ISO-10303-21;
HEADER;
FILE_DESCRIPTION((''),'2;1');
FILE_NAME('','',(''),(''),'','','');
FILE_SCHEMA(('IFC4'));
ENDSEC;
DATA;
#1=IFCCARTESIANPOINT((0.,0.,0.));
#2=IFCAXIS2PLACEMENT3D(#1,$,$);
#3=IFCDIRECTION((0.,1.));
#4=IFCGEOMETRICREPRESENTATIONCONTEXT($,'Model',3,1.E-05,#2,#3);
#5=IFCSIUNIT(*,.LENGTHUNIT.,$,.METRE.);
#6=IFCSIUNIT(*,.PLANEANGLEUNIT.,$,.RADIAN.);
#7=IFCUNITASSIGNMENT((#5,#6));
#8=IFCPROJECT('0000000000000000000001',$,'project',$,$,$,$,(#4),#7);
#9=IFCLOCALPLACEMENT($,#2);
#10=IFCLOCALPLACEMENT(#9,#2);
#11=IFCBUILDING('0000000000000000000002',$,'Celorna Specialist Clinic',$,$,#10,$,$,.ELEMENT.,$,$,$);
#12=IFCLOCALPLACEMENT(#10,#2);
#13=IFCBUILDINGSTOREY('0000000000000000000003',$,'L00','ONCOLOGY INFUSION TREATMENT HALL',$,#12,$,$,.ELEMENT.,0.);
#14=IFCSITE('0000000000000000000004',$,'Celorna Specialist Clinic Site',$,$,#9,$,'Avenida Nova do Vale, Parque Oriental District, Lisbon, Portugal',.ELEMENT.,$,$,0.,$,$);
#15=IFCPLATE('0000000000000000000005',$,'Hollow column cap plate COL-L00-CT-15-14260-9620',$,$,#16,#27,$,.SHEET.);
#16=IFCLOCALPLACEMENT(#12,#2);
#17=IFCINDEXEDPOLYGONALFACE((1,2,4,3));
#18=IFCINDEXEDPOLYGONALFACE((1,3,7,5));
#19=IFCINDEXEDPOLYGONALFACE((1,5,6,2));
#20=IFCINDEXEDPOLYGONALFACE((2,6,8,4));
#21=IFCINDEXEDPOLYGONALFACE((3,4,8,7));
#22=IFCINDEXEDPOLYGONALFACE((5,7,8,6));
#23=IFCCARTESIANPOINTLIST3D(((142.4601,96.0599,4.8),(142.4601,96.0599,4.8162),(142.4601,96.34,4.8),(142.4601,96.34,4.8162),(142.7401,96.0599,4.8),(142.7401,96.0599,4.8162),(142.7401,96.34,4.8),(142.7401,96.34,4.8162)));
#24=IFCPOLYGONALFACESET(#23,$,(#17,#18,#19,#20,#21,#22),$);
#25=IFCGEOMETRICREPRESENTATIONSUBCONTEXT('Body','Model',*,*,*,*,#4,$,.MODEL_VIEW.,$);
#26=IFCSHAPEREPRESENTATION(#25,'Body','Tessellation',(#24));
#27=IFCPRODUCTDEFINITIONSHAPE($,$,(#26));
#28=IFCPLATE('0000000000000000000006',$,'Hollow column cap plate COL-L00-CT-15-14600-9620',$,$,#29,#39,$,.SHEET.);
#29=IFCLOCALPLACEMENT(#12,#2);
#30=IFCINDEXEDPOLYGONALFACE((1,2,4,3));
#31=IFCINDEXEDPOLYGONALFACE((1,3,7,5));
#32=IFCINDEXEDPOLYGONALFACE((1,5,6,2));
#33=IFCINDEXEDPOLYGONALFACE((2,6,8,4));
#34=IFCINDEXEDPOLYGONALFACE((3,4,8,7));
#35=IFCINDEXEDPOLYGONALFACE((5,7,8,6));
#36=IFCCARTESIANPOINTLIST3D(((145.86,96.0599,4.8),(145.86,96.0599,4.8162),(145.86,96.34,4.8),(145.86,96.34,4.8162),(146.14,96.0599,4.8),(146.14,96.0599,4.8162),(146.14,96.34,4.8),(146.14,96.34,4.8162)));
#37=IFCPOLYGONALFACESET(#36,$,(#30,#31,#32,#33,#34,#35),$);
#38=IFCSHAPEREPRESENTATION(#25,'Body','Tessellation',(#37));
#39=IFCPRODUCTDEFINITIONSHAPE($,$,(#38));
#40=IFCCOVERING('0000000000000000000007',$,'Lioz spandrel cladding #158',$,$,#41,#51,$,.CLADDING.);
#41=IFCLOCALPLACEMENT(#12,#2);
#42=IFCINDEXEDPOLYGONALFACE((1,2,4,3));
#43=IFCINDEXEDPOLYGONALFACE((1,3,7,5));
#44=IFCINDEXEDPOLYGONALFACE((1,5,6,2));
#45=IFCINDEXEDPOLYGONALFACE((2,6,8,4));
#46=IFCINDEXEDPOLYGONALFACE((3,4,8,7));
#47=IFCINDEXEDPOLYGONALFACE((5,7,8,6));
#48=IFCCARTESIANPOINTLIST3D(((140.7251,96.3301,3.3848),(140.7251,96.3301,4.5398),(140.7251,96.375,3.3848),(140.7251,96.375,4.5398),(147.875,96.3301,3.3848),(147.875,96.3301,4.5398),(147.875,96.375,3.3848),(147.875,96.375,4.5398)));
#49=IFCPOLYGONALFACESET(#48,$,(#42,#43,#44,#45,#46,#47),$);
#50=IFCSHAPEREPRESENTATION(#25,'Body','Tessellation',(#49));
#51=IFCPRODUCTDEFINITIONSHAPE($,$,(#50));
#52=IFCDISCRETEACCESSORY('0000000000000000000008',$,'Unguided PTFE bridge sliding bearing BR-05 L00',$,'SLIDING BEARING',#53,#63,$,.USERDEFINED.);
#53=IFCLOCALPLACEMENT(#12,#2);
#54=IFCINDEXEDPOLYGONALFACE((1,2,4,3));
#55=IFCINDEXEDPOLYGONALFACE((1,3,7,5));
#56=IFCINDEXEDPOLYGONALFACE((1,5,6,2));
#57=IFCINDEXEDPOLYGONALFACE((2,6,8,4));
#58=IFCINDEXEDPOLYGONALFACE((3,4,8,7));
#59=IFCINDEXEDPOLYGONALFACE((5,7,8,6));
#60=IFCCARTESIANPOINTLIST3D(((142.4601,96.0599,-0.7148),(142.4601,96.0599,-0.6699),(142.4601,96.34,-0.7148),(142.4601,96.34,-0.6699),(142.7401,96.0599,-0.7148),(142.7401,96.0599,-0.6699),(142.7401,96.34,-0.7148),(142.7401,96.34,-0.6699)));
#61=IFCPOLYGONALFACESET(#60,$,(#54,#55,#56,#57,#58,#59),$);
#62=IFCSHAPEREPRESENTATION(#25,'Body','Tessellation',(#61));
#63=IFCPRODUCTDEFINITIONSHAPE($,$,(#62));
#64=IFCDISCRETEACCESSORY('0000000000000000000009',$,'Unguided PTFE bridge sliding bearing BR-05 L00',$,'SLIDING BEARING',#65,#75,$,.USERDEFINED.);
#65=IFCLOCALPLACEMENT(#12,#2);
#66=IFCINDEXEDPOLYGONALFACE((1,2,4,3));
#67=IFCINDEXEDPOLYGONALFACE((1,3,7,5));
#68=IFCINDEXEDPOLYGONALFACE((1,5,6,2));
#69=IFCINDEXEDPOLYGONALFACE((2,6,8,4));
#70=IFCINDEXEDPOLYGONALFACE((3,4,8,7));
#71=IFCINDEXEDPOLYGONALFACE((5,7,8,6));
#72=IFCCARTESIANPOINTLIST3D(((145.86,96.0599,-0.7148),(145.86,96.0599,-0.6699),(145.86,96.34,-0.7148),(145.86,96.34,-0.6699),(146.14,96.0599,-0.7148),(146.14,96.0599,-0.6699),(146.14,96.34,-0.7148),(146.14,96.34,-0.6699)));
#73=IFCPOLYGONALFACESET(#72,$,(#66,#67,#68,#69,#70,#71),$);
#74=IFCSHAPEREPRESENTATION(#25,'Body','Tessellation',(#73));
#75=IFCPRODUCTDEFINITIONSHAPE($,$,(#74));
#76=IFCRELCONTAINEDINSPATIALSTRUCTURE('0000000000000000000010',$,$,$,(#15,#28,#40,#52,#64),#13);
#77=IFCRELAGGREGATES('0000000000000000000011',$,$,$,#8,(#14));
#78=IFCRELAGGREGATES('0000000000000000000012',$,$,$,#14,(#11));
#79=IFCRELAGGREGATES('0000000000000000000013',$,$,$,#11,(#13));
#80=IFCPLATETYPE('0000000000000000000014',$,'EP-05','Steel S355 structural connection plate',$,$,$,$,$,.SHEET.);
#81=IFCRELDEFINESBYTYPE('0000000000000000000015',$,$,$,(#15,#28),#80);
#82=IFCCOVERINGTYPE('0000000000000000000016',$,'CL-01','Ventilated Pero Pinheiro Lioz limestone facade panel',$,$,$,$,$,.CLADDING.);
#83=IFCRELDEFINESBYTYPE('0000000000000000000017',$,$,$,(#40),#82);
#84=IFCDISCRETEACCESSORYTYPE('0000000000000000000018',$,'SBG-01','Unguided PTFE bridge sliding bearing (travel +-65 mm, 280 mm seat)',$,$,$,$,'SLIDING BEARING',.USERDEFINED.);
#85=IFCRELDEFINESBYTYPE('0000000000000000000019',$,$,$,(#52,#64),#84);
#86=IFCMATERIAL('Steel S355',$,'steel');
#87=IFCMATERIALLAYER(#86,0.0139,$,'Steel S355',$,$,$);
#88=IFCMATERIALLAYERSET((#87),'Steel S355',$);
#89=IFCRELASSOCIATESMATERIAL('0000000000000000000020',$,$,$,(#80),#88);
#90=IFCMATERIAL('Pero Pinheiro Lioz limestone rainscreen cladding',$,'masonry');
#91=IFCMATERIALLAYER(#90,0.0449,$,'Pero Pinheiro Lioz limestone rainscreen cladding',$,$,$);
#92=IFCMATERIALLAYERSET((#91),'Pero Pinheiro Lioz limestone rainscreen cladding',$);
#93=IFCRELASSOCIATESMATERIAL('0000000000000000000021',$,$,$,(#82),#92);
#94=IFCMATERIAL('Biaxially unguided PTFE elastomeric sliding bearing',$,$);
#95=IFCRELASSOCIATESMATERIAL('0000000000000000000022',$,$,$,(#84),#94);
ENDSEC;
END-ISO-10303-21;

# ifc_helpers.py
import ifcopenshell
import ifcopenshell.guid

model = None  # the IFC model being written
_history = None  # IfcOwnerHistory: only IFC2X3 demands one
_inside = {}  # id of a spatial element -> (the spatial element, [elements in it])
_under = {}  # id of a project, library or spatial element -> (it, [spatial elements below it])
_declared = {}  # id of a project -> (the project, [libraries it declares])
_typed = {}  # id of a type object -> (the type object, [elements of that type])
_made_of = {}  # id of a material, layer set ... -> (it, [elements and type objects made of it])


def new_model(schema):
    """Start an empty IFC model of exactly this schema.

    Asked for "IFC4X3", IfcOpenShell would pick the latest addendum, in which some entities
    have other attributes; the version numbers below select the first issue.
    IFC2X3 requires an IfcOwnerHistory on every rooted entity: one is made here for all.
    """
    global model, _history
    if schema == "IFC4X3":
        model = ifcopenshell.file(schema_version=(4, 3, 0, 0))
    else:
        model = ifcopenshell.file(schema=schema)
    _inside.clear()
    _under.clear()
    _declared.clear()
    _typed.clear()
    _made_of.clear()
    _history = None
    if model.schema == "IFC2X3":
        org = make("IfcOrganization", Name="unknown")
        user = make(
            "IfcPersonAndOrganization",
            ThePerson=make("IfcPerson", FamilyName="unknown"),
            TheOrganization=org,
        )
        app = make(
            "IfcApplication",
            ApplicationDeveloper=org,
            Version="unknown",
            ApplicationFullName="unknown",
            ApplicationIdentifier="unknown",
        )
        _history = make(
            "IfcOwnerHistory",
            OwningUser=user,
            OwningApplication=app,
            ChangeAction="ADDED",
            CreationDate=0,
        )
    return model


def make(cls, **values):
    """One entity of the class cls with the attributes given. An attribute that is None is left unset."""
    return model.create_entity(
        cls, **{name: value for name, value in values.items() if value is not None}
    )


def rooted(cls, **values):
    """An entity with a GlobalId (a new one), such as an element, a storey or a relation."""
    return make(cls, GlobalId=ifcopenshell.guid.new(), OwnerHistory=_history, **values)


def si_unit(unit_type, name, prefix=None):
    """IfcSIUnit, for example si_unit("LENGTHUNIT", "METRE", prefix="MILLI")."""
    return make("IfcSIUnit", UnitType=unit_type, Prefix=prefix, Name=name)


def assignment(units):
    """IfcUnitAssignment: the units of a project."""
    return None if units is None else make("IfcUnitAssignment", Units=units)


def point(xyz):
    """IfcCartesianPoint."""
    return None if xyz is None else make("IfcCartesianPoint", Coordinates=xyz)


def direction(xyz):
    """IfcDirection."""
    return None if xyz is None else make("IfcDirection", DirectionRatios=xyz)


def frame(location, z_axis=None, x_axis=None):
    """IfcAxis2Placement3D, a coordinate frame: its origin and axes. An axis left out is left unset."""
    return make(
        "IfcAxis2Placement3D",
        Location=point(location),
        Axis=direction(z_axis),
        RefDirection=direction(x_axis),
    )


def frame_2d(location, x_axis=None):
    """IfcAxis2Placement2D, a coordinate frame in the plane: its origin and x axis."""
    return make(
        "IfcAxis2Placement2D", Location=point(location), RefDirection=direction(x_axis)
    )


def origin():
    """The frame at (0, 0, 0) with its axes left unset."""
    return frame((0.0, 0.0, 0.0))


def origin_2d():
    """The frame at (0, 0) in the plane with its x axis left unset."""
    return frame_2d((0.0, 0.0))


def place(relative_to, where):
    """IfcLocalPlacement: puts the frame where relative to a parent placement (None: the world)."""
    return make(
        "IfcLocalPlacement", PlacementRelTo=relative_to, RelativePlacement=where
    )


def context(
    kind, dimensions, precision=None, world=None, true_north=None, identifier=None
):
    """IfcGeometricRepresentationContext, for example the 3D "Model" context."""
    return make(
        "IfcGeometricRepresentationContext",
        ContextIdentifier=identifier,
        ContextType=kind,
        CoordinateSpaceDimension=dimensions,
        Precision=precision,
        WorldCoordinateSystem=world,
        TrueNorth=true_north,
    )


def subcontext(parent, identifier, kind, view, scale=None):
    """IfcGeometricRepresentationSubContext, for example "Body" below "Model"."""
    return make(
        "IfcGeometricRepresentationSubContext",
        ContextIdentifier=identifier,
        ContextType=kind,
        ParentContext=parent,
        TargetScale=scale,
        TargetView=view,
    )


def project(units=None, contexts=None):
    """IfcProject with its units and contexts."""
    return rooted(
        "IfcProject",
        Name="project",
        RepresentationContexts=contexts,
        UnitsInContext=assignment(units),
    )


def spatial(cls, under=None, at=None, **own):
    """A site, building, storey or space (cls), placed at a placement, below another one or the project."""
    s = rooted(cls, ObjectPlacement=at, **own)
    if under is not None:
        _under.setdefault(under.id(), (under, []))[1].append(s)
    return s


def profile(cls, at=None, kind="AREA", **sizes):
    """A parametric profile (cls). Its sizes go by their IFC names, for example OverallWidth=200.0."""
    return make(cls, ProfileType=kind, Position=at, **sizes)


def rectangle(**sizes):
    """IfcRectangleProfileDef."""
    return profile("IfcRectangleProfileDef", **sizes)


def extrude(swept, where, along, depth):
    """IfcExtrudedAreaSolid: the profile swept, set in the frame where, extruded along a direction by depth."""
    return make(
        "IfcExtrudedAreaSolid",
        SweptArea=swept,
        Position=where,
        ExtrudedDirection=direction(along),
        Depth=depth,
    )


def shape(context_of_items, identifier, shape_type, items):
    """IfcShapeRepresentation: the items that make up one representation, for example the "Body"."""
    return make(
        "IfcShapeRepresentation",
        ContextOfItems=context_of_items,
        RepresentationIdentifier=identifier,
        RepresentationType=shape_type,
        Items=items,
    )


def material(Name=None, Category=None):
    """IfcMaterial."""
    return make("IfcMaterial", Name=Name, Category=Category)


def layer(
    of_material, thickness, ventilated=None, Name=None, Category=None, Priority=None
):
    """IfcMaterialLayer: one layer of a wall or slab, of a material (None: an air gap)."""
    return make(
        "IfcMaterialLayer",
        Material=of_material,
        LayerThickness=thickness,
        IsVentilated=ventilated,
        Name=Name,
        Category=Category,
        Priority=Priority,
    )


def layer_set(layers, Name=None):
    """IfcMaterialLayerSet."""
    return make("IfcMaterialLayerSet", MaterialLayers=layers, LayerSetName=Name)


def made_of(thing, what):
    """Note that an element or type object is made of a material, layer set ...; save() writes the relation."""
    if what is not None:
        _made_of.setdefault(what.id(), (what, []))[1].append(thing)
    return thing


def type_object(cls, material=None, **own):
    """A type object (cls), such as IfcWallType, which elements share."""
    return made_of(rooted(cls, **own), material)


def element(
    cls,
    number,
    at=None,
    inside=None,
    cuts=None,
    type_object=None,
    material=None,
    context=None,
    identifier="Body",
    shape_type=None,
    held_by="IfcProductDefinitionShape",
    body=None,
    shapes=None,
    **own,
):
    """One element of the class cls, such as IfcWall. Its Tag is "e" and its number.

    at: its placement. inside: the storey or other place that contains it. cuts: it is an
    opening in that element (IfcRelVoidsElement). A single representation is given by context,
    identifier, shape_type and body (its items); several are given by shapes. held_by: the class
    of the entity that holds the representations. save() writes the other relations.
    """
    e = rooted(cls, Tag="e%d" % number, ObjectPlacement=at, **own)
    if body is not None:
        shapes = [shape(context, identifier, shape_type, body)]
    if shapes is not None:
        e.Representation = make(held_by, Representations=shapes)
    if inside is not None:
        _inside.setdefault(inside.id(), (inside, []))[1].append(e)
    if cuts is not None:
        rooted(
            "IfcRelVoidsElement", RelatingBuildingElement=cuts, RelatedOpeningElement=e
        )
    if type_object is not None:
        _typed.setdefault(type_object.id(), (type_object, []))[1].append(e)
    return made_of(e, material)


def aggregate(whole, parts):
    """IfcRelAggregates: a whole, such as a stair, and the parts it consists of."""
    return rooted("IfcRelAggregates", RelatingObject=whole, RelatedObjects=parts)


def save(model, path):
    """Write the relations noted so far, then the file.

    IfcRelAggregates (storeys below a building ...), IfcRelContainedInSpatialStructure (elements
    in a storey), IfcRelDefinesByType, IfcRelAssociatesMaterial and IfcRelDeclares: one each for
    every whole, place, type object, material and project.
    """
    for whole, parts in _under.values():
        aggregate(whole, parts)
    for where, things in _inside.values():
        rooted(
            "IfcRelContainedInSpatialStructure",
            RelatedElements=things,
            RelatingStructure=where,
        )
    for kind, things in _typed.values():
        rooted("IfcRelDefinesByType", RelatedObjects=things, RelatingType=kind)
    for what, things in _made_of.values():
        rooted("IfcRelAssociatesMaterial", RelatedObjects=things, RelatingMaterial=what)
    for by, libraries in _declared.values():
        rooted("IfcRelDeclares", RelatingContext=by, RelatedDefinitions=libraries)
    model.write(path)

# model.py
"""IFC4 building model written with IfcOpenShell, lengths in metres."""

from ifc_helpers import new_model, si_unit, direction, frame, origin, origin_2d, place, context, subcontext, project, spatial, rectangle, extrude, material, layer, layer_set, type_object, element, save


model = new_model("IFC4")

# Units and contexts
model_context = context("Model", 3, precision=1e-05, world=origin(), true_north=direction((0.0, 1.0)))
body_context = subcontext(model_context, "Body", "Model", "MODEL_VIEW")
ifc_project = project(units=[si_unit("LENGTHUNIT", "METRE"), si_unit("PLANEANGLEUNIT", "RADIAN")], contexts=[model_context])

# Site, building, storey
site_placement = place(None, origin())
site = spatial("IfcSite", under=ifc_project, at=site_placement, Name="Celorna Specialist Clinic Site", LongName="Avenida Nova do Vale, Parque Oriental District, Lisbon, Portugal", CompositionType="ELEMENT", RefElevation=0.0)
building_placement = place(site_placement, origin())
building = spatial("IfcBuilding", under=site, at=building_placement, Name="Celorna Specialist Clinic", CompositionType="ELEMENT")
storey_placement = place(building_placement, origin())
storey = spatial("IfcBuildingStorey", under=building, at=storey_placement, Name="L00", Description="ONCOLOGY INFUSION TREATMENT HALL", CompositionType="ELEMENT", Elevation=0.0)

# Shared definitions
ifc_material_1 = material(Name="Steel S355", Category="steel")

# Plates
ifc_layer_1 = layer(ifc_material_1, 0.0139, Name="Steel S355")
ifc_layer_set_1 = layer_set([ifc_layer_1], Name="Steel S355")
plate_type_1 = type_object("IfcPlateType", Name="EP-05", Description="Steel S355 structural connection plate", PredefinedType="SHEET", material=ifc_layer_set_1)
for number, where, z_axis, x_axis, name in (
    (1, (142.6001, 96.2, 4.8), (0.0, 0.0, 1.0), (1.0, 0.0, 0.0), "Hollow column cap plate COL-L00-CT-15-14260-9620"),
    (2, (146.0, 96.2, 4.8), (0.0, 0.0, 1.0), (1.0, 0.0, 0.0), "Hollow column cap plate COL-L00-CT-15-14600-9620"),
):
    element("IfcPlate", number, at=place(storey_placement, frame(where, z_axis=z_axis, x_axis=x_axis)), inside=storey, type_object=plate_type_1, Name=name, PredefinedType="SHEET", context=body_context, shape_type="SweptSolid", body=[
        extrude(rectangle(XDim=0.28, YDim=0.28, at=origin_2d()), origin(), (0.0, 0.0, 1.0), 0.0161),
    ])

# Covering
ifc_material_2 = material(Name="Pero Pinheiro Lioz limestone rainscreen cladding", Category="masonry")
ifc_layer_2 = layer(ifc_material_2, 0.0449, Name="Pero Pinheiro Lioz limestone rainscreen cladding")
ifc_layer_set_2 = layer_set([ifc_layer_2], Name="Pero Pinheiro Lioz limestone rainscreen cladding")
covering_type = type_object("IfcCoveringType", Name="CL-01", Description="Ventilated Pero Pinheiro Lioz limestone facade panel", PredefinedType="CLADDING", material=ifc_layer_set_2)
covering_placement = place(storey_placement, frame((144.3, 96.3525, 3.3848), z_axis=(0.0, 0.0, 1.0), x_axis=(-1.0, 0.0, 0.0)))
element("IfcCovering", 3, at=covering_placement, inside=storey, type_object=covering_type, Name="Lioz spandrel cladding #158", PredefinedType="CLADDING", context=body_context, shape_type="SweptSolid", body=[
    extrude(rectangle(XDim=7.1499, YDim=0.0449, at=origin_2d()), origin(), (0.0, 0.0, 1.0), 1.155),
])

# Discrete accessories
ifc_material_3 = material(Name="Biaxially unguided PTFE elastomeric sliding bearing")
discrete_accessory_type = type_object("IfcDiscreteAccessoryType", Name="SBG-01", Description="Unguided PTFE bridge sliding bearing (travel +-65 mm, 280 mm seat)", ElementType="SLIDING BEARING", PredefinedType="USERDEFINED", material=ifc_material_3)
for number, where, z_axis, x_axis, name in (
    (4, (142.6001, 96.2, -0.7148), (0.0, 0.0, 1.0), (1.0, 0.0, 0.0), "Unguided PTFE bridge sliding bearing BR-05 L00"),
    (5, (146.0, 96.2, -0.7148), (0.0, 0.0, 1.0), (1.0, 0.0, 0.0), "Unguided PTFE bridge sliding bearing BR-05 L00"),
):
    element("IfcDiscreteAccessory", number, at=place(storey_placement, frame(where, z_axis=z_axis, x_axis=x_axis)), inside=storey, type_object=discrete_accessory_type, Name=name, ObjectType="SLIDING BEARING", PredefinedType="USERDEFINED", context=body_context, shape_type="SweptSolid", body=[
        extrude(rectangle(XDim=0.28, YDim=0.28, at=origin_2d()), origin(), (0.0, 0.0, 1.0), 0.0449),
    ])

save(model, "model.ifc")
